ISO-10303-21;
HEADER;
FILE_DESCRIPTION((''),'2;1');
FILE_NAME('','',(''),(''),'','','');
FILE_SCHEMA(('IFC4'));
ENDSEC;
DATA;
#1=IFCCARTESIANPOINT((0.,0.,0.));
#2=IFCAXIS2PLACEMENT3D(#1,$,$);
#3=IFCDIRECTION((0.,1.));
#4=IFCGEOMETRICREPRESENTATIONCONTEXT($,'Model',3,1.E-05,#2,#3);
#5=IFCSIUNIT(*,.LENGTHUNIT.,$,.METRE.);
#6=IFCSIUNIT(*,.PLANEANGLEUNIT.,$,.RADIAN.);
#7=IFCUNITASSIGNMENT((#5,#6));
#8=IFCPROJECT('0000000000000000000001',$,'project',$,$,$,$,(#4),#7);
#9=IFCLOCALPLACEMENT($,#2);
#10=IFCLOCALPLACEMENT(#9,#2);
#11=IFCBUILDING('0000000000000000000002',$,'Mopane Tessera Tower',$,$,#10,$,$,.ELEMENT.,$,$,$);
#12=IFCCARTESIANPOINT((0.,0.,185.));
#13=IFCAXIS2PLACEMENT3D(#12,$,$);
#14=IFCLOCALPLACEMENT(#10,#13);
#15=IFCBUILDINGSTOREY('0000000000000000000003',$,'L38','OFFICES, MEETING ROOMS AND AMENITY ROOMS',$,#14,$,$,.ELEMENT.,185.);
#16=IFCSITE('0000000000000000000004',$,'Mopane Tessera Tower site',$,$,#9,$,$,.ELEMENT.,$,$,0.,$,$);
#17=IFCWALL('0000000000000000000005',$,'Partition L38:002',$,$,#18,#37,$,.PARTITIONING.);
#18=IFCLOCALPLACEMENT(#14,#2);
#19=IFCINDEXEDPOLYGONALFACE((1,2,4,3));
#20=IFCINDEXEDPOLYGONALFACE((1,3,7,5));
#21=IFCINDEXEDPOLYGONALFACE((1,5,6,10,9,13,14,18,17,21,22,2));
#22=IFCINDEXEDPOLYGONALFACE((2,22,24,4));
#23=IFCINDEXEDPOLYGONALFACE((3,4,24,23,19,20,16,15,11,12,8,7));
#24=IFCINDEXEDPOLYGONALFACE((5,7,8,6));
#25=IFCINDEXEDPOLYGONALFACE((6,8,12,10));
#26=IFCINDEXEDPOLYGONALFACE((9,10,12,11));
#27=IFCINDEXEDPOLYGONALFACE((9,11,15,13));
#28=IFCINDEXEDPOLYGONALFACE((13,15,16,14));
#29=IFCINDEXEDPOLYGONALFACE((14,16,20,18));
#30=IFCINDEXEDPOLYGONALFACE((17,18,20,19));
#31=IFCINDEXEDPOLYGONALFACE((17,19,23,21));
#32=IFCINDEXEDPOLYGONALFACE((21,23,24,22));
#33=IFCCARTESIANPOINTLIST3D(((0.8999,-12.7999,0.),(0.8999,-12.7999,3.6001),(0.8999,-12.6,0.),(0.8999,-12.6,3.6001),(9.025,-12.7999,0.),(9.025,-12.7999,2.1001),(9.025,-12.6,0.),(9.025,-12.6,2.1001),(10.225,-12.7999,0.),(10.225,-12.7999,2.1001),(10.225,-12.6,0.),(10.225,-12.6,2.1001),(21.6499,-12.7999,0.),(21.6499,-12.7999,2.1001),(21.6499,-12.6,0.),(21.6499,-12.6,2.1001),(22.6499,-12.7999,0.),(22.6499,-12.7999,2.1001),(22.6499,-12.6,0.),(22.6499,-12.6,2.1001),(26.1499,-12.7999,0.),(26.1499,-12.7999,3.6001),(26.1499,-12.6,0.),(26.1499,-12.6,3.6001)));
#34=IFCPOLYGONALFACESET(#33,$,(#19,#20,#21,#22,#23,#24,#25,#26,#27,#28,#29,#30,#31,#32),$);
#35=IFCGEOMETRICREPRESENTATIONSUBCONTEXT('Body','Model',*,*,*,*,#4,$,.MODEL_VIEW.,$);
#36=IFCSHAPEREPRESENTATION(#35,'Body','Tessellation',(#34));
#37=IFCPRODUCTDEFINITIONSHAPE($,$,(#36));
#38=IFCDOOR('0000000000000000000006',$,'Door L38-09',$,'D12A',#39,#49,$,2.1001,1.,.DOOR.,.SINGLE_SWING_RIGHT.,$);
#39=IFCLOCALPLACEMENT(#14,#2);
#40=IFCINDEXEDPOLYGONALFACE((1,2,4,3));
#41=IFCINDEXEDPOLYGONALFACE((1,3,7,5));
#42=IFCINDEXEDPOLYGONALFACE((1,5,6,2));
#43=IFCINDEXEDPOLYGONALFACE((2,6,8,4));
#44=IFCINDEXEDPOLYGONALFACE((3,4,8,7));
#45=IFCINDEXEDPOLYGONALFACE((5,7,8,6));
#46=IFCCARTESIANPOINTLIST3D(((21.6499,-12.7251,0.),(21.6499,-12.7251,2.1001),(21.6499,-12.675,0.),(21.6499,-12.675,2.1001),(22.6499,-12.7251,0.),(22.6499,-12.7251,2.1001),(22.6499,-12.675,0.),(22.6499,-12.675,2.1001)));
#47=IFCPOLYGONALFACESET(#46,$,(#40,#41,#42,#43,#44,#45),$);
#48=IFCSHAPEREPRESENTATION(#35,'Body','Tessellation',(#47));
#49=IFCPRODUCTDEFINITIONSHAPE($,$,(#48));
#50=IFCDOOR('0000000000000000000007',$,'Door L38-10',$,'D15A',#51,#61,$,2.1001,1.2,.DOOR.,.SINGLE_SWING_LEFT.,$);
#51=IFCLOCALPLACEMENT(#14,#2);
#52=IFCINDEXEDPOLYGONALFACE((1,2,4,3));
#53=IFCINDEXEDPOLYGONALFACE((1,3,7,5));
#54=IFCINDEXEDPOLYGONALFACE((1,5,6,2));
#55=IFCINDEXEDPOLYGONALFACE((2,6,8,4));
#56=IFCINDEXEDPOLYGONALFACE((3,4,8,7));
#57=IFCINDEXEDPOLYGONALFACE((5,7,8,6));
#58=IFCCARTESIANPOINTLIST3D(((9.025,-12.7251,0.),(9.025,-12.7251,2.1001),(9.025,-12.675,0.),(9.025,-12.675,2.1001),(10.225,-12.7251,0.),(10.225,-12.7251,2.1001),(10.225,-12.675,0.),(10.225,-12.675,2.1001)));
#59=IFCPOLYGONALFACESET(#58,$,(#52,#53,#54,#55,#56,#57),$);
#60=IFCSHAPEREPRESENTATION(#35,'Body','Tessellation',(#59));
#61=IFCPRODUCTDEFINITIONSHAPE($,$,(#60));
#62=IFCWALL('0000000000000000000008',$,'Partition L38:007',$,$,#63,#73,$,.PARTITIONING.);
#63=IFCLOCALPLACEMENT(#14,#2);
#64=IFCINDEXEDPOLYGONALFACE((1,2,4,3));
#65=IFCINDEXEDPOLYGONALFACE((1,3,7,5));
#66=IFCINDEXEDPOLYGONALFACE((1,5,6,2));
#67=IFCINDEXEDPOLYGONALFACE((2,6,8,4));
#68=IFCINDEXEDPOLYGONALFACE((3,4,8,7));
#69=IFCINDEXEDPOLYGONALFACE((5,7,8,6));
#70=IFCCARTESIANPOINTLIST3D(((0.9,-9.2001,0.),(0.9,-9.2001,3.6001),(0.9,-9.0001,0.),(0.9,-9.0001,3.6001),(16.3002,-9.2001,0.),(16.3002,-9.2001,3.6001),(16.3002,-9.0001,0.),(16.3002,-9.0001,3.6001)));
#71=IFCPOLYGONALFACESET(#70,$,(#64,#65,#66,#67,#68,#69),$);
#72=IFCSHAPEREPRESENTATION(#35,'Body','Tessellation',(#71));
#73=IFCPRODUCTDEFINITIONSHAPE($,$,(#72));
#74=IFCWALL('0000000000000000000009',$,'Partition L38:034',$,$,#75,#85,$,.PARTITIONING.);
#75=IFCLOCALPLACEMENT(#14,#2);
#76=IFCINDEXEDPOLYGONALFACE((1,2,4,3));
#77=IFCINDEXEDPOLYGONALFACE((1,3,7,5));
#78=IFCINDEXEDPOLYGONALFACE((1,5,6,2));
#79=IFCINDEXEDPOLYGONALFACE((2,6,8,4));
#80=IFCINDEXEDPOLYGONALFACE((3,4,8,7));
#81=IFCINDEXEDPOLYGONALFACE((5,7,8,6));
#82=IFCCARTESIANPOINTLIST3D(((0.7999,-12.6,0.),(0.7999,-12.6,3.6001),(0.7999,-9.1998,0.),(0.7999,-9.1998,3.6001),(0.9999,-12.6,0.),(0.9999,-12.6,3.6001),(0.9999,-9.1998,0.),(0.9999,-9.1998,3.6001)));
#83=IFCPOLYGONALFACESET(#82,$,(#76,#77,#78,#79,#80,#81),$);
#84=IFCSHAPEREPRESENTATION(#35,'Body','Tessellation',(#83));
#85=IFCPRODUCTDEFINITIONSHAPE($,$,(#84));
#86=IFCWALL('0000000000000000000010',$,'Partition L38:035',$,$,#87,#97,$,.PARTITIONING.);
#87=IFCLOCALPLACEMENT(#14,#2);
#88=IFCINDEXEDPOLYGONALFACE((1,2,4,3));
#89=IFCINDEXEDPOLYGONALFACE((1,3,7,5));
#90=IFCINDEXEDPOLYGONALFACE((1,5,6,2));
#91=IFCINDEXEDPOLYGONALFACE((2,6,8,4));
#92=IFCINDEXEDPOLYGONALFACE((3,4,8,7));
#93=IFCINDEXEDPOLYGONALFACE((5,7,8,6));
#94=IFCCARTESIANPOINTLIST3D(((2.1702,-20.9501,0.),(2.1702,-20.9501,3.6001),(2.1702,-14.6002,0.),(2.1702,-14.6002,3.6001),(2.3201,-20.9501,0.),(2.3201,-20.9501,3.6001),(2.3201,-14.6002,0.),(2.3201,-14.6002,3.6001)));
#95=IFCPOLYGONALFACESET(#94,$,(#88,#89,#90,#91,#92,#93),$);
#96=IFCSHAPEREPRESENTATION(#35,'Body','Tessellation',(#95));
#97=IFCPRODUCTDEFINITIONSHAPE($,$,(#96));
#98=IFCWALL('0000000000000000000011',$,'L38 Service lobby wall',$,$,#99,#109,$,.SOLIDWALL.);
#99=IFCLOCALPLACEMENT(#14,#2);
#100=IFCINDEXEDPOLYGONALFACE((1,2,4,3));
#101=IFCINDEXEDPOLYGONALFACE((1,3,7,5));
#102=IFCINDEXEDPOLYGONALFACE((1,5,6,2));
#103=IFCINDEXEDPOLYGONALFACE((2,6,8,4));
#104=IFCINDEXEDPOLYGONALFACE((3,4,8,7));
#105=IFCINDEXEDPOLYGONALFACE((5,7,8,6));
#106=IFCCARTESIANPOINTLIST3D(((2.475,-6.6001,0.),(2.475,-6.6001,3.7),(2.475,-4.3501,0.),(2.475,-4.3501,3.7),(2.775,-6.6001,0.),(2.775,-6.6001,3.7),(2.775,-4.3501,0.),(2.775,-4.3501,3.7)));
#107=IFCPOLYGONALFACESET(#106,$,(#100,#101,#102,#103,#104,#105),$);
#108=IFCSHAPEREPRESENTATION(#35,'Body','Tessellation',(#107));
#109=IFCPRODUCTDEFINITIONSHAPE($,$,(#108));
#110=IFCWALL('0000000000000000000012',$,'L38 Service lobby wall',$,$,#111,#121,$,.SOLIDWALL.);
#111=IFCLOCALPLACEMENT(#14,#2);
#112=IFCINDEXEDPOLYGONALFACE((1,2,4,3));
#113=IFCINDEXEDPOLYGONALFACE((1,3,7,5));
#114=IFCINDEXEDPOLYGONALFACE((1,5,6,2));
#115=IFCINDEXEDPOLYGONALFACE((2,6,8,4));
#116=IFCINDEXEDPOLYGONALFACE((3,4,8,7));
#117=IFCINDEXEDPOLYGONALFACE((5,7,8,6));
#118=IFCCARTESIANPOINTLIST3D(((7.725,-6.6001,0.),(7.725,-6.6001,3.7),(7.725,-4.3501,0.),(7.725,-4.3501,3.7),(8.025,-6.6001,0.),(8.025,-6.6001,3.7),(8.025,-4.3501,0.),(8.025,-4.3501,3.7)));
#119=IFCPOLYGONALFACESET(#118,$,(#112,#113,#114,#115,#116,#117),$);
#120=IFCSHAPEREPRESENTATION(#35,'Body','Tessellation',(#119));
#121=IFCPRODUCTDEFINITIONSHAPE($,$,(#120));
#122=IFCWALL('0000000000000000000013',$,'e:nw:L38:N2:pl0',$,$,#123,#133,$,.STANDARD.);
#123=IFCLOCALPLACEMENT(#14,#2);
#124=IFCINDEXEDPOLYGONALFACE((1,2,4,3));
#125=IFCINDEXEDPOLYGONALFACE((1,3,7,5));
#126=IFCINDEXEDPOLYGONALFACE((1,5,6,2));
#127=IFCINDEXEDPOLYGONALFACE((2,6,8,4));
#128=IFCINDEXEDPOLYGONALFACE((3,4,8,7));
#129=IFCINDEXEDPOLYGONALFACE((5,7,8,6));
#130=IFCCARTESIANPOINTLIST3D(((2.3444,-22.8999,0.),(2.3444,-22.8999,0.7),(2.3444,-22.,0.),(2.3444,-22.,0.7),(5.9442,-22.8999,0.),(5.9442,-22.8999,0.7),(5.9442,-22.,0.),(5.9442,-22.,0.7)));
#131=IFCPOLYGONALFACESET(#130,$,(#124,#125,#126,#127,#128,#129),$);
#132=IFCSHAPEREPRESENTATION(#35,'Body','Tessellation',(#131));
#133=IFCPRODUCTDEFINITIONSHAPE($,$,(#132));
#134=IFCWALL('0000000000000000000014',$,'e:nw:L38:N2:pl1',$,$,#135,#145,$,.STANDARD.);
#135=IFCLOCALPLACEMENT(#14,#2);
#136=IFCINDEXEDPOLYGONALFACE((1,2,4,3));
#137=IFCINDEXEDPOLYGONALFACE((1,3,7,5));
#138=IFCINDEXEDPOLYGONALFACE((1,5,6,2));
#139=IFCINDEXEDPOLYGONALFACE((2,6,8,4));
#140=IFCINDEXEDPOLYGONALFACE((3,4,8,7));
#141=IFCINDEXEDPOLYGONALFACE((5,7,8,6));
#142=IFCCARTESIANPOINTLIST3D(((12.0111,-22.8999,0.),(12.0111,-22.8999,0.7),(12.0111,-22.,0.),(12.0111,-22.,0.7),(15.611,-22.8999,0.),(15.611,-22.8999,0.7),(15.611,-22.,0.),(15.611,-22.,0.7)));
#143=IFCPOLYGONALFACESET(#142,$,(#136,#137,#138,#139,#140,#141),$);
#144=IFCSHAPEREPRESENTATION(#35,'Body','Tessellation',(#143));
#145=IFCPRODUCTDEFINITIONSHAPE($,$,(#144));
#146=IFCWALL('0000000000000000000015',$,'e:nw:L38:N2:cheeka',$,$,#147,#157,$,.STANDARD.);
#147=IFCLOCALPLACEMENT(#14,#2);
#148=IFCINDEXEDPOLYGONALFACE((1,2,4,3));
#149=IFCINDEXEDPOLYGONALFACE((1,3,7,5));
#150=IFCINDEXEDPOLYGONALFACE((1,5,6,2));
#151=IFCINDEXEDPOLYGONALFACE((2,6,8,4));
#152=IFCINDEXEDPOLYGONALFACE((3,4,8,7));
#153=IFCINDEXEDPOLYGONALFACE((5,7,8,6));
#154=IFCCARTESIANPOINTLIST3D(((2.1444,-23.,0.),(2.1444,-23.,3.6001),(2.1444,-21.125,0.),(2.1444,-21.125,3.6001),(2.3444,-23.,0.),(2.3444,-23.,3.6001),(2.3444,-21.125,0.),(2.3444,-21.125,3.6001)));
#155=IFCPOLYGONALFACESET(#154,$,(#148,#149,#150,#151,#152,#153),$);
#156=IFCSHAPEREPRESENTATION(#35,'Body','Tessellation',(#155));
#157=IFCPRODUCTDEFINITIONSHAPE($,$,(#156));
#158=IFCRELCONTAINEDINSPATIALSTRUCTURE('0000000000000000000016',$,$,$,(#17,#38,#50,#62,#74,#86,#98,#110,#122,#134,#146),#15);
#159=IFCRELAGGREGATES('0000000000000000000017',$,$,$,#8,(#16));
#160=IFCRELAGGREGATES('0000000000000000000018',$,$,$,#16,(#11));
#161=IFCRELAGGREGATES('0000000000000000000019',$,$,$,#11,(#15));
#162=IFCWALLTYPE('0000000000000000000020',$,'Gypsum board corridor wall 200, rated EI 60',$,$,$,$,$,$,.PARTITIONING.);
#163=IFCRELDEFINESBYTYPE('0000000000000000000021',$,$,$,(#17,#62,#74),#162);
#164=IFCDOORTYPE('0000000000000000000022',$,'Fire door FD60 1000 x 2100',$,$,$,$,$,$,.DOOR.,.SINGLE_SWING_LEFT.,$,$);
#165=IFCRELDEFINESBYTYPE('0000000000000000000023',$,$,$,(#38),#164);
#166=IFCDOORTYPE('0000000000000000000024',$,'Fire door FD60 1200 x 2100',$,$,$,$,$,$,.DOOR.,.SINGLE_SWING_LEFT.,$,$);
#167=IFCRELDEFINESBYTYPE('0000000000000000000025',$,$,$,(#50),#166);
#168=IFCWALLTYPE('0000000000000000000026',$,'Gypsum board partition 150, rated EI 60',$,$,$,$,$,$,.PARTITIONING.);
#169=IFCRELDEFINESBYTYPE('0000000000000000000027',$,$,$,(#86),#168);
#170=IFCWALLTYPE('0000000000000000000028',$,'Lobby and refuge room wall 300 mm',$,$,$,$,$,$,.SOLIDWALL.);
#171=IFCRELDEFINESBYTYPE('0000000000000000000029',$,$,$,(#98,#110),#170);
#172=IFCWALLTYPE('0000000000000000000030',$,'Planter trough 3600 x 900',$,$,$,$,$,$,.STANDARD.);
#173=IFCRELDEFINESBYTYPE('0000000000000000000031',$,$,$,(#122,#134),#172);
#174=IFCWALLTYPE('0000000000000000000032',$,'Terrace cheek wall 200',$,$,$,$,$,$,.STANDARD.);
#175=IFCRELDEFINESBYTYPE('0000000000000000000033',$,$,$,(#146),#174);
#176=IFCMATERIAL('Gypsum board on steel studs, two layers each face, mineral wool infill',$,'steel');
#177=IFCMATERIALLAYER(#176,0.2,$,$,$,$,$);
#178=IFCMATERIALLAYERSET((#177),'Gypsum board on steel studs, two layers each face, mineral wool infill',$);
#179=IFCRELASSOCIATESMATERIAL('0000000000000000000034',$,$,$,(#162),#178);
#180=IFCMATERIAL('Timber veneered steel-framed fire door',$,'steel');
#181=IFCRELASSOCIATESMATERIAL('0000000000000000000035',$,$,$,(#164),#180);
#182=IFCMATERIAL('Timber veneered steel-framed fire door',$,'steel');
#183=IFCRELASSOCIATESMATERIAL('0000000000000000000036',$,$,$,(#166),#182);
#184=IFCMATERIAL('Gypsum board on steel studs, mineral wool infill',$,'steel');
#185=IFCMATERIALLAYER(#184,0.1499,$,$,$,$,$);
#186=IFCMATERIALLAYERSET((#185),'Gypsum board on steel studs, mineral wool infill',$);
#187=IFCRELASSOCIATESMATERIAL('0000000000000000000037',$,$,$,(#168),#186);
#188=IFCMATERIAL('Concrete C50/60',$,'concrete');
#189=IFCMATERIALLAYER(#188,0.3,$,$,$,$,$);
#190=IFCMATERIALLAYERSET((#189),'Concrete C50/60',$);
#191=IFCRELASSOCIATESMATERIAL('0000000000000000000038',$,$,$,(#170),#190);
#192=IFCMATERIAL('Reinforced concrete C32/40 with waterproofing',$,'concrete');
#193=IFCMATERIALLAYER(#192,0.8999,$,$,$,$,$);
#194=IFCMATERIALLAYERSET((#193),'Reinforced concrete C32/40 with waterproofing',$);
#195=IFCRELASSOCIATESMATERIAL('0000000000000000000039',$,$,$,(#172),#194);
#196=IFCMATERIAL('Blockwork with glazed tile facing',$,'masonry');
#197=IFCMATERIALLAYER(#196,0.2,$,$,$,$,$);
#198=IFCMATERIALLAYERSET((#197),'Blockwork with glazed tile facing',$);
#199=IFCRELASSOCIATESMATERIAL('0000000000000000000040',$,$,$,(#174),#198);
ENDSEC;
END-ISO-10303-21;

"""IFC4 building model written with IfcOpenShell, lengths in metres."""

from ifc_helpers import new_model, si_unit, direction, frame, frame_2d, origin, place, context, subcontext, project, spatial, rectangle, extrude, material, layer, layer_set, type_object, element, fill, save


model = new_model("IFC4")

# Units and contexts
model_context = context("Model", 3, precision=1e-05, world=origin(), true_north=direction((0.0, 1.0)))
body_context = subcontext(model_context, "Body", "Model", "MODEL_VIEW")
ifc_project = project(units=[si_unit("LENGTHUNIT", "METRE"), si_unit("PLANEANGLEUNIT", "RADIAN")], contexts=[model_context])

# Site, building, storey
site_placement = place(None, origin())
site = spatial("IfcSite", under=ifc_project, at=site_placement, Name="Mopane Tessera Tower site", CompositionType="ELEMENT", RefElevation=0.0)
building_placement = place(site_placement, origin())
building = spatial("IfcBuilding", under=site, at=building_placement, Name="Mopane Tessera Tower", CompositionType="ELEMENT")
storey_placement = place(building_placement, frame((0.0, 0.0, 185.0)))
storey = spatial("IfcBuildingStorey", under=building, at=storey_placement, Name="L38", Description="OFFICES, MEETING ROOMS AND AMENITY ROOMS", CompositionType="ELEMENT", Elevation=185.0)

# Wall, openings, doors
ifc_material_1 = material(Name="Gypsum board on steel studs, two layers each face, mineral wool infill", Category="steel")
ifc_layer_1 = layer(ifc_material_1, 0.2)
ifc_layer_set_1 = layer_set([ifc_layer_1], Name="Gypsum board on steel studs, two layers each face, mineral wool infill")
wall_type_1 = type_object("IfcWallType", Name="Gypsum board corridor wall 200, rated EI 60", PredefinedType="PARTITIONING", material=ifc_layer_set_1)
wall_1_placement = place(storey_placement, frame((0.8999, -12.7, 0.0), z_axis=(0.0, 0.0, 1.0), x_axis=(1.0, 0.0, 0.0)))
wall_1 = element("IfcWall", 1, at=wall_1_placement, inside=storey, type_object=wall_type_1, Name="Partition L38:002", PredefinedType="PARTITIONING", context=body_context, shape_type="SweptSolid", body=[
    extrude(rectangle(XDim=25.25, YDim=0.2, at=frame_2d((12.625, 0.0))), origin(), (0.0, 0.0, 1.0), 3.6001),
])
opening_1_placement = place(wall_1_placement, frame((20.75, 0.0, 0.0)))
opening_1 = element("IfcOpeningElement", 2, at=opening_1_placement, cuts=wall_1, PredefinedType="OPENING", context=body_context, shape_type="SweptSolid", body=[
    extrude(rectangle(XDim=1.0, YDim=2.1001, at=frame_2d((0.5, 1.05))), frame((0.0, 0.1121, 0.0), z_axis=(0.0, -1.0, 0.0), x_axis=(1.0, 0.0, 0.0)), (0.0, 0.0, 1.0), 0.2239),
])
opening_2_placement = place(wall_1_placement, frame((8.125, 0.0, 0.0)))
opening_2 = element("IfcOpeningElement", 3, at=opening_2_placement, cuts=wall_1, PredefinedType="OPENING", context=body_context, shape_type="SweptSolid", body=[
    extrude(rectangle(XDim=1.2, YDim=2.1001, at=frame_2d((0.6001, 1.05))), frame((0.0, 0.1121, 0.0), z_axis=(0.0, -1.0, 0.0), x_axis=(1.0, 0.0, 0.0)), (0.0, 0.0, 1.0), 0.2239),
])
ifc_material_2 = material(Name="Timber veneered steel-framed fire door", Category="steel")
door_type_1 = type_object("IfcDoorType", Name="Fire door FD60 1000 x 2100", OperationType="SINGLE_SWING_LEFT", PredefinedType="DOOR", material=ifc_material_2)
door_1_placement = place(opening_1_placement, origin())
door_1 = element("IfcDoor", 4, at=door_1_placement, inside=storey, type_object=door_type_1, Name="Door L38-09", ObjectType="D12A", OperationType="SINGLE_SWING_RIGHT", OverallHeight=2.1001, OverallWidth=1.0, PredefinedType="DOOR", context=body_context, shape_type="SweptSolid", body=[
    extrude(rectangle(XDim=1.0, YDim=2.1001, at=frame_2d((0.5, 1.05))), frame((0.0, 0.0249, 0.0), z_axis=(0.0, -1.0, 0.0), x_axis=(1.0, 0.0, 0.0)), (0.0, 0.0, 1.0), 0.05),
])
fill(opening_1, door_1)
ifc_material_3 = material(Name="Timber veneered steel-framed fire door", Category="steel")
door_type_2 = type_object("IfcDoorType", Name="Fire door FD60 1200 x 2100", OperationType="SINGLE_SWING_LEFT", PredefinedType="DOOR", material=ifc_material_3)
door_2_placement = place(opening_2_placement, origin())
door_2 = element("IfcDoor", 5, at=door_2_placement, inside=storey, type_object=door_type_2, Name="Door L38-10", ObjectType="D15A", OperationType="SINGLE_SWING_LEFT", OverallHeight=2.1001, OverallWidth=1.2, PredefinedType="DOOR", context=body_context, shape_type="SweptSolid", body=[
    extrude(rectangle(XDim=1.2, YDim=2.1001, at=frame_2d((0.6001, 1.05))), frame((0.0, 0.0249, 0.0), z_axis=(0.0, -1.0, 0.0), x_axis=(1.0, 0.0, 0.0)), (0.0, 0.0, 1.0), 0.05),
])
fill(opening_2, door_2)

# Walls
wall_2_placement = place(storey_placement, frame((0.8999, -9.1001, 0.0), z_axis=(0.0, 0.0, 1.0), x_axis=(1.0, 0.0, 0.0)))
element("IfcWall", 6, at=wall_2_placement, inside=storey, type_object=wall_type_1, Name="Partition L38:007", PredefinedType="PARTITIONING", context=body_context, shape_type="SweptSolid", body=[
    extrude(rectangle(XDim=15.4001, YDim=0.2, at=frame_2d((7.7002, 0.0))), origin(), (0.0, 0.0, 1.0), 3.6001),
])
wall_3_placement = place(storey_placement, frame((0.8999, -12.6001, 0.0), z_axis=(0.0, 0.0, 1.0), x_axis=(0.0, 1.0, 0.0)))
element("IfcWall", 7, at=wall_3_placement, inside=storey, type_object=wall_type_1, Name="Partition L38:034", PredefinedType="PARTITIONING", context=body_context, shape_type="SweptSolid", body=[
    extrude(rectangle(XDim=3.4001, YDim=0.2, at=frame_2d((1.7002, 0.0))), origin(), (0.0, 0.0, 1.0), 3.6001),
])
ifc_material_4 = material(Name="Gypsum board on steel studs, mineral wool infill", Category="steel")
ifc_layer_2 = layer(ifc_material_4, 0.1499)
ifc_layer_set_2 = layer_set([ifc_layer_2], Name="Gypsum board on steel studs, mineral wool infill")
wall_type_2 = type_object("IfcWallType", Name="Gypsum board partition 150, rated EI 60", PredefinedType="PARTITIONING", material=ifc_layer_set_2)
wall_4_placement = place(storey_placement, frame((2.2451, -20.95, 0.0), z_axis=(0.0, 0.0, 1.0), x_axis=(0.0, 1.0, 0.0)))
element("IfcWall", 8, at=wall_4_placement, inside=storey, type_object=wall_type_2, Name="Partition L38:035", PredefinedType="PARTITIONING", context=body_context, shape_type="SweptSolid", body=[
    extrude(rectangle(XDim=6.3499, YDim=0.1499, at=frame_2d((3.1748, 0.0))), origin(), (0.0, 0.0, 1.0), 3.6001),
])
ifc_material_5 = material(Name="Concrete C50/60", Category="concrete")
ifc_layer_3 = layer(ifc_material_5, 0.3)
ifc_layer_set_3 = layer_set([ifc_layer_3], Name="Concrete C50/60")
wall_type_3 = type_object("IfcWallType", Name="Lobby and refuge room wall 300 mm", PredefinedType="SOLIDWALL", material=ifc_layer_set_3)
for number, where, z_axis, x_axis, name in (
    (9, (2.625, -6.6001, 0.0), (0.0, 0.0, 1.0), (0.0, 1.0, 0.0), "L38 Service lobby wall"),
    (10, (7.875, -6.6001, 0.0), (0.0, 0.0, 1.0), (0.0, 1.0, 0.0), "L38 Service lobby wall"),
):
    element("IfcWall", number, at=place(storey_placement, frame(where, z_axis=z_axis, x_axis=x_axis)), inside=storey, type_object=wall_type_3, Name=name, PredefinedType="SOLIDWALL", context=body_context, shape_type="SweptSolid", body=[
        extrude(rectangle(XDim=2.25, YDim=0.3, at=frame_2d((1.125, 0.0))), origin(), (0.0, 0.0, 1.0), 3.7),
    ])
ifc_material_6 = material(Name="Reinforced concrete C32/40 with waterproofing", Category="concrete")
ifc_layer_4 = layer(ifc_material_6, 0.8999)
ifc_layer_set_4 = layer_set([ifc_layer_4], Name="Reinforced concrete C32/40 with waterproofing")
wall_type_4 = type_object("IfcWallType", Name="Planter trough 3600 x 900", PredefinedType="STANDARD", material=ifc_layer_set_4)
for number, where, z_axis, x_axis, name in (
    (11, (2.3445, -22.45, 0.0), (0.0, 0.0, 1.0), (1.0, 0.0, 0.0), "e:nw:L38:N2:pl0"),
    (12, (12.0112, -22.45, 0.0), (0.0, 0.0, 1.0), (1.0, 0.0, 0.0), "e:nw:L38:N2:pl1"),
):
    element("IfcWall", number, at=place(storey_placement, frame(where, z_axis=z_axis, x_axis=x_axis)), inside=storey, type_object=wall_type_4, Name=name, PredefinedType="STANDARD", context=body_context, shape_type="SweptSolid", body=[
        extrude(rectangle(XDim=3.5999, YDim=0.8999, at=frame_2d((1.7998, 0.0))), origin(), (0.0, 0.0, 1.0), 0.7),
    ])
ifc_material_7 = material(Name="Blockwork with glazed tile facing", Category="masonry")
ifc_layer_5 = layer(ifc_material_7, 0.2)
ifc_layer_set_5 = layer_set([ifc_layer_5], Name="Blockwork with glazed tile facing")
wall_type_5 = type_object("IfcWallType", Name="Terrace cheek wall 200", PredefinedType="STANDARD", material=ifc_layer_set_5)
wall_5_placement = place(storey_placement, frame((2.2444, -23.0, 0.0), z_axis=(0.0, 0.0, 1.0), x_axis=(0.0, 1.0, 0.0)))
element("IfcWall", 13, at=wall_5_placement, inside=storey, type_object=wall_type_5, Name="e:nw:L38:N2:cheeka", PredefinedType="STANDARD", context=body_context, shape_type="SweptSolid", body=[
    extrude(rectangle(XDim=1.875, YDim=0.2, at=frame_2d((0.9375, 0.0))), origin(), (0.0, 0.0, 1.0), 3.6001),
])

save(model, "model.ifc")
